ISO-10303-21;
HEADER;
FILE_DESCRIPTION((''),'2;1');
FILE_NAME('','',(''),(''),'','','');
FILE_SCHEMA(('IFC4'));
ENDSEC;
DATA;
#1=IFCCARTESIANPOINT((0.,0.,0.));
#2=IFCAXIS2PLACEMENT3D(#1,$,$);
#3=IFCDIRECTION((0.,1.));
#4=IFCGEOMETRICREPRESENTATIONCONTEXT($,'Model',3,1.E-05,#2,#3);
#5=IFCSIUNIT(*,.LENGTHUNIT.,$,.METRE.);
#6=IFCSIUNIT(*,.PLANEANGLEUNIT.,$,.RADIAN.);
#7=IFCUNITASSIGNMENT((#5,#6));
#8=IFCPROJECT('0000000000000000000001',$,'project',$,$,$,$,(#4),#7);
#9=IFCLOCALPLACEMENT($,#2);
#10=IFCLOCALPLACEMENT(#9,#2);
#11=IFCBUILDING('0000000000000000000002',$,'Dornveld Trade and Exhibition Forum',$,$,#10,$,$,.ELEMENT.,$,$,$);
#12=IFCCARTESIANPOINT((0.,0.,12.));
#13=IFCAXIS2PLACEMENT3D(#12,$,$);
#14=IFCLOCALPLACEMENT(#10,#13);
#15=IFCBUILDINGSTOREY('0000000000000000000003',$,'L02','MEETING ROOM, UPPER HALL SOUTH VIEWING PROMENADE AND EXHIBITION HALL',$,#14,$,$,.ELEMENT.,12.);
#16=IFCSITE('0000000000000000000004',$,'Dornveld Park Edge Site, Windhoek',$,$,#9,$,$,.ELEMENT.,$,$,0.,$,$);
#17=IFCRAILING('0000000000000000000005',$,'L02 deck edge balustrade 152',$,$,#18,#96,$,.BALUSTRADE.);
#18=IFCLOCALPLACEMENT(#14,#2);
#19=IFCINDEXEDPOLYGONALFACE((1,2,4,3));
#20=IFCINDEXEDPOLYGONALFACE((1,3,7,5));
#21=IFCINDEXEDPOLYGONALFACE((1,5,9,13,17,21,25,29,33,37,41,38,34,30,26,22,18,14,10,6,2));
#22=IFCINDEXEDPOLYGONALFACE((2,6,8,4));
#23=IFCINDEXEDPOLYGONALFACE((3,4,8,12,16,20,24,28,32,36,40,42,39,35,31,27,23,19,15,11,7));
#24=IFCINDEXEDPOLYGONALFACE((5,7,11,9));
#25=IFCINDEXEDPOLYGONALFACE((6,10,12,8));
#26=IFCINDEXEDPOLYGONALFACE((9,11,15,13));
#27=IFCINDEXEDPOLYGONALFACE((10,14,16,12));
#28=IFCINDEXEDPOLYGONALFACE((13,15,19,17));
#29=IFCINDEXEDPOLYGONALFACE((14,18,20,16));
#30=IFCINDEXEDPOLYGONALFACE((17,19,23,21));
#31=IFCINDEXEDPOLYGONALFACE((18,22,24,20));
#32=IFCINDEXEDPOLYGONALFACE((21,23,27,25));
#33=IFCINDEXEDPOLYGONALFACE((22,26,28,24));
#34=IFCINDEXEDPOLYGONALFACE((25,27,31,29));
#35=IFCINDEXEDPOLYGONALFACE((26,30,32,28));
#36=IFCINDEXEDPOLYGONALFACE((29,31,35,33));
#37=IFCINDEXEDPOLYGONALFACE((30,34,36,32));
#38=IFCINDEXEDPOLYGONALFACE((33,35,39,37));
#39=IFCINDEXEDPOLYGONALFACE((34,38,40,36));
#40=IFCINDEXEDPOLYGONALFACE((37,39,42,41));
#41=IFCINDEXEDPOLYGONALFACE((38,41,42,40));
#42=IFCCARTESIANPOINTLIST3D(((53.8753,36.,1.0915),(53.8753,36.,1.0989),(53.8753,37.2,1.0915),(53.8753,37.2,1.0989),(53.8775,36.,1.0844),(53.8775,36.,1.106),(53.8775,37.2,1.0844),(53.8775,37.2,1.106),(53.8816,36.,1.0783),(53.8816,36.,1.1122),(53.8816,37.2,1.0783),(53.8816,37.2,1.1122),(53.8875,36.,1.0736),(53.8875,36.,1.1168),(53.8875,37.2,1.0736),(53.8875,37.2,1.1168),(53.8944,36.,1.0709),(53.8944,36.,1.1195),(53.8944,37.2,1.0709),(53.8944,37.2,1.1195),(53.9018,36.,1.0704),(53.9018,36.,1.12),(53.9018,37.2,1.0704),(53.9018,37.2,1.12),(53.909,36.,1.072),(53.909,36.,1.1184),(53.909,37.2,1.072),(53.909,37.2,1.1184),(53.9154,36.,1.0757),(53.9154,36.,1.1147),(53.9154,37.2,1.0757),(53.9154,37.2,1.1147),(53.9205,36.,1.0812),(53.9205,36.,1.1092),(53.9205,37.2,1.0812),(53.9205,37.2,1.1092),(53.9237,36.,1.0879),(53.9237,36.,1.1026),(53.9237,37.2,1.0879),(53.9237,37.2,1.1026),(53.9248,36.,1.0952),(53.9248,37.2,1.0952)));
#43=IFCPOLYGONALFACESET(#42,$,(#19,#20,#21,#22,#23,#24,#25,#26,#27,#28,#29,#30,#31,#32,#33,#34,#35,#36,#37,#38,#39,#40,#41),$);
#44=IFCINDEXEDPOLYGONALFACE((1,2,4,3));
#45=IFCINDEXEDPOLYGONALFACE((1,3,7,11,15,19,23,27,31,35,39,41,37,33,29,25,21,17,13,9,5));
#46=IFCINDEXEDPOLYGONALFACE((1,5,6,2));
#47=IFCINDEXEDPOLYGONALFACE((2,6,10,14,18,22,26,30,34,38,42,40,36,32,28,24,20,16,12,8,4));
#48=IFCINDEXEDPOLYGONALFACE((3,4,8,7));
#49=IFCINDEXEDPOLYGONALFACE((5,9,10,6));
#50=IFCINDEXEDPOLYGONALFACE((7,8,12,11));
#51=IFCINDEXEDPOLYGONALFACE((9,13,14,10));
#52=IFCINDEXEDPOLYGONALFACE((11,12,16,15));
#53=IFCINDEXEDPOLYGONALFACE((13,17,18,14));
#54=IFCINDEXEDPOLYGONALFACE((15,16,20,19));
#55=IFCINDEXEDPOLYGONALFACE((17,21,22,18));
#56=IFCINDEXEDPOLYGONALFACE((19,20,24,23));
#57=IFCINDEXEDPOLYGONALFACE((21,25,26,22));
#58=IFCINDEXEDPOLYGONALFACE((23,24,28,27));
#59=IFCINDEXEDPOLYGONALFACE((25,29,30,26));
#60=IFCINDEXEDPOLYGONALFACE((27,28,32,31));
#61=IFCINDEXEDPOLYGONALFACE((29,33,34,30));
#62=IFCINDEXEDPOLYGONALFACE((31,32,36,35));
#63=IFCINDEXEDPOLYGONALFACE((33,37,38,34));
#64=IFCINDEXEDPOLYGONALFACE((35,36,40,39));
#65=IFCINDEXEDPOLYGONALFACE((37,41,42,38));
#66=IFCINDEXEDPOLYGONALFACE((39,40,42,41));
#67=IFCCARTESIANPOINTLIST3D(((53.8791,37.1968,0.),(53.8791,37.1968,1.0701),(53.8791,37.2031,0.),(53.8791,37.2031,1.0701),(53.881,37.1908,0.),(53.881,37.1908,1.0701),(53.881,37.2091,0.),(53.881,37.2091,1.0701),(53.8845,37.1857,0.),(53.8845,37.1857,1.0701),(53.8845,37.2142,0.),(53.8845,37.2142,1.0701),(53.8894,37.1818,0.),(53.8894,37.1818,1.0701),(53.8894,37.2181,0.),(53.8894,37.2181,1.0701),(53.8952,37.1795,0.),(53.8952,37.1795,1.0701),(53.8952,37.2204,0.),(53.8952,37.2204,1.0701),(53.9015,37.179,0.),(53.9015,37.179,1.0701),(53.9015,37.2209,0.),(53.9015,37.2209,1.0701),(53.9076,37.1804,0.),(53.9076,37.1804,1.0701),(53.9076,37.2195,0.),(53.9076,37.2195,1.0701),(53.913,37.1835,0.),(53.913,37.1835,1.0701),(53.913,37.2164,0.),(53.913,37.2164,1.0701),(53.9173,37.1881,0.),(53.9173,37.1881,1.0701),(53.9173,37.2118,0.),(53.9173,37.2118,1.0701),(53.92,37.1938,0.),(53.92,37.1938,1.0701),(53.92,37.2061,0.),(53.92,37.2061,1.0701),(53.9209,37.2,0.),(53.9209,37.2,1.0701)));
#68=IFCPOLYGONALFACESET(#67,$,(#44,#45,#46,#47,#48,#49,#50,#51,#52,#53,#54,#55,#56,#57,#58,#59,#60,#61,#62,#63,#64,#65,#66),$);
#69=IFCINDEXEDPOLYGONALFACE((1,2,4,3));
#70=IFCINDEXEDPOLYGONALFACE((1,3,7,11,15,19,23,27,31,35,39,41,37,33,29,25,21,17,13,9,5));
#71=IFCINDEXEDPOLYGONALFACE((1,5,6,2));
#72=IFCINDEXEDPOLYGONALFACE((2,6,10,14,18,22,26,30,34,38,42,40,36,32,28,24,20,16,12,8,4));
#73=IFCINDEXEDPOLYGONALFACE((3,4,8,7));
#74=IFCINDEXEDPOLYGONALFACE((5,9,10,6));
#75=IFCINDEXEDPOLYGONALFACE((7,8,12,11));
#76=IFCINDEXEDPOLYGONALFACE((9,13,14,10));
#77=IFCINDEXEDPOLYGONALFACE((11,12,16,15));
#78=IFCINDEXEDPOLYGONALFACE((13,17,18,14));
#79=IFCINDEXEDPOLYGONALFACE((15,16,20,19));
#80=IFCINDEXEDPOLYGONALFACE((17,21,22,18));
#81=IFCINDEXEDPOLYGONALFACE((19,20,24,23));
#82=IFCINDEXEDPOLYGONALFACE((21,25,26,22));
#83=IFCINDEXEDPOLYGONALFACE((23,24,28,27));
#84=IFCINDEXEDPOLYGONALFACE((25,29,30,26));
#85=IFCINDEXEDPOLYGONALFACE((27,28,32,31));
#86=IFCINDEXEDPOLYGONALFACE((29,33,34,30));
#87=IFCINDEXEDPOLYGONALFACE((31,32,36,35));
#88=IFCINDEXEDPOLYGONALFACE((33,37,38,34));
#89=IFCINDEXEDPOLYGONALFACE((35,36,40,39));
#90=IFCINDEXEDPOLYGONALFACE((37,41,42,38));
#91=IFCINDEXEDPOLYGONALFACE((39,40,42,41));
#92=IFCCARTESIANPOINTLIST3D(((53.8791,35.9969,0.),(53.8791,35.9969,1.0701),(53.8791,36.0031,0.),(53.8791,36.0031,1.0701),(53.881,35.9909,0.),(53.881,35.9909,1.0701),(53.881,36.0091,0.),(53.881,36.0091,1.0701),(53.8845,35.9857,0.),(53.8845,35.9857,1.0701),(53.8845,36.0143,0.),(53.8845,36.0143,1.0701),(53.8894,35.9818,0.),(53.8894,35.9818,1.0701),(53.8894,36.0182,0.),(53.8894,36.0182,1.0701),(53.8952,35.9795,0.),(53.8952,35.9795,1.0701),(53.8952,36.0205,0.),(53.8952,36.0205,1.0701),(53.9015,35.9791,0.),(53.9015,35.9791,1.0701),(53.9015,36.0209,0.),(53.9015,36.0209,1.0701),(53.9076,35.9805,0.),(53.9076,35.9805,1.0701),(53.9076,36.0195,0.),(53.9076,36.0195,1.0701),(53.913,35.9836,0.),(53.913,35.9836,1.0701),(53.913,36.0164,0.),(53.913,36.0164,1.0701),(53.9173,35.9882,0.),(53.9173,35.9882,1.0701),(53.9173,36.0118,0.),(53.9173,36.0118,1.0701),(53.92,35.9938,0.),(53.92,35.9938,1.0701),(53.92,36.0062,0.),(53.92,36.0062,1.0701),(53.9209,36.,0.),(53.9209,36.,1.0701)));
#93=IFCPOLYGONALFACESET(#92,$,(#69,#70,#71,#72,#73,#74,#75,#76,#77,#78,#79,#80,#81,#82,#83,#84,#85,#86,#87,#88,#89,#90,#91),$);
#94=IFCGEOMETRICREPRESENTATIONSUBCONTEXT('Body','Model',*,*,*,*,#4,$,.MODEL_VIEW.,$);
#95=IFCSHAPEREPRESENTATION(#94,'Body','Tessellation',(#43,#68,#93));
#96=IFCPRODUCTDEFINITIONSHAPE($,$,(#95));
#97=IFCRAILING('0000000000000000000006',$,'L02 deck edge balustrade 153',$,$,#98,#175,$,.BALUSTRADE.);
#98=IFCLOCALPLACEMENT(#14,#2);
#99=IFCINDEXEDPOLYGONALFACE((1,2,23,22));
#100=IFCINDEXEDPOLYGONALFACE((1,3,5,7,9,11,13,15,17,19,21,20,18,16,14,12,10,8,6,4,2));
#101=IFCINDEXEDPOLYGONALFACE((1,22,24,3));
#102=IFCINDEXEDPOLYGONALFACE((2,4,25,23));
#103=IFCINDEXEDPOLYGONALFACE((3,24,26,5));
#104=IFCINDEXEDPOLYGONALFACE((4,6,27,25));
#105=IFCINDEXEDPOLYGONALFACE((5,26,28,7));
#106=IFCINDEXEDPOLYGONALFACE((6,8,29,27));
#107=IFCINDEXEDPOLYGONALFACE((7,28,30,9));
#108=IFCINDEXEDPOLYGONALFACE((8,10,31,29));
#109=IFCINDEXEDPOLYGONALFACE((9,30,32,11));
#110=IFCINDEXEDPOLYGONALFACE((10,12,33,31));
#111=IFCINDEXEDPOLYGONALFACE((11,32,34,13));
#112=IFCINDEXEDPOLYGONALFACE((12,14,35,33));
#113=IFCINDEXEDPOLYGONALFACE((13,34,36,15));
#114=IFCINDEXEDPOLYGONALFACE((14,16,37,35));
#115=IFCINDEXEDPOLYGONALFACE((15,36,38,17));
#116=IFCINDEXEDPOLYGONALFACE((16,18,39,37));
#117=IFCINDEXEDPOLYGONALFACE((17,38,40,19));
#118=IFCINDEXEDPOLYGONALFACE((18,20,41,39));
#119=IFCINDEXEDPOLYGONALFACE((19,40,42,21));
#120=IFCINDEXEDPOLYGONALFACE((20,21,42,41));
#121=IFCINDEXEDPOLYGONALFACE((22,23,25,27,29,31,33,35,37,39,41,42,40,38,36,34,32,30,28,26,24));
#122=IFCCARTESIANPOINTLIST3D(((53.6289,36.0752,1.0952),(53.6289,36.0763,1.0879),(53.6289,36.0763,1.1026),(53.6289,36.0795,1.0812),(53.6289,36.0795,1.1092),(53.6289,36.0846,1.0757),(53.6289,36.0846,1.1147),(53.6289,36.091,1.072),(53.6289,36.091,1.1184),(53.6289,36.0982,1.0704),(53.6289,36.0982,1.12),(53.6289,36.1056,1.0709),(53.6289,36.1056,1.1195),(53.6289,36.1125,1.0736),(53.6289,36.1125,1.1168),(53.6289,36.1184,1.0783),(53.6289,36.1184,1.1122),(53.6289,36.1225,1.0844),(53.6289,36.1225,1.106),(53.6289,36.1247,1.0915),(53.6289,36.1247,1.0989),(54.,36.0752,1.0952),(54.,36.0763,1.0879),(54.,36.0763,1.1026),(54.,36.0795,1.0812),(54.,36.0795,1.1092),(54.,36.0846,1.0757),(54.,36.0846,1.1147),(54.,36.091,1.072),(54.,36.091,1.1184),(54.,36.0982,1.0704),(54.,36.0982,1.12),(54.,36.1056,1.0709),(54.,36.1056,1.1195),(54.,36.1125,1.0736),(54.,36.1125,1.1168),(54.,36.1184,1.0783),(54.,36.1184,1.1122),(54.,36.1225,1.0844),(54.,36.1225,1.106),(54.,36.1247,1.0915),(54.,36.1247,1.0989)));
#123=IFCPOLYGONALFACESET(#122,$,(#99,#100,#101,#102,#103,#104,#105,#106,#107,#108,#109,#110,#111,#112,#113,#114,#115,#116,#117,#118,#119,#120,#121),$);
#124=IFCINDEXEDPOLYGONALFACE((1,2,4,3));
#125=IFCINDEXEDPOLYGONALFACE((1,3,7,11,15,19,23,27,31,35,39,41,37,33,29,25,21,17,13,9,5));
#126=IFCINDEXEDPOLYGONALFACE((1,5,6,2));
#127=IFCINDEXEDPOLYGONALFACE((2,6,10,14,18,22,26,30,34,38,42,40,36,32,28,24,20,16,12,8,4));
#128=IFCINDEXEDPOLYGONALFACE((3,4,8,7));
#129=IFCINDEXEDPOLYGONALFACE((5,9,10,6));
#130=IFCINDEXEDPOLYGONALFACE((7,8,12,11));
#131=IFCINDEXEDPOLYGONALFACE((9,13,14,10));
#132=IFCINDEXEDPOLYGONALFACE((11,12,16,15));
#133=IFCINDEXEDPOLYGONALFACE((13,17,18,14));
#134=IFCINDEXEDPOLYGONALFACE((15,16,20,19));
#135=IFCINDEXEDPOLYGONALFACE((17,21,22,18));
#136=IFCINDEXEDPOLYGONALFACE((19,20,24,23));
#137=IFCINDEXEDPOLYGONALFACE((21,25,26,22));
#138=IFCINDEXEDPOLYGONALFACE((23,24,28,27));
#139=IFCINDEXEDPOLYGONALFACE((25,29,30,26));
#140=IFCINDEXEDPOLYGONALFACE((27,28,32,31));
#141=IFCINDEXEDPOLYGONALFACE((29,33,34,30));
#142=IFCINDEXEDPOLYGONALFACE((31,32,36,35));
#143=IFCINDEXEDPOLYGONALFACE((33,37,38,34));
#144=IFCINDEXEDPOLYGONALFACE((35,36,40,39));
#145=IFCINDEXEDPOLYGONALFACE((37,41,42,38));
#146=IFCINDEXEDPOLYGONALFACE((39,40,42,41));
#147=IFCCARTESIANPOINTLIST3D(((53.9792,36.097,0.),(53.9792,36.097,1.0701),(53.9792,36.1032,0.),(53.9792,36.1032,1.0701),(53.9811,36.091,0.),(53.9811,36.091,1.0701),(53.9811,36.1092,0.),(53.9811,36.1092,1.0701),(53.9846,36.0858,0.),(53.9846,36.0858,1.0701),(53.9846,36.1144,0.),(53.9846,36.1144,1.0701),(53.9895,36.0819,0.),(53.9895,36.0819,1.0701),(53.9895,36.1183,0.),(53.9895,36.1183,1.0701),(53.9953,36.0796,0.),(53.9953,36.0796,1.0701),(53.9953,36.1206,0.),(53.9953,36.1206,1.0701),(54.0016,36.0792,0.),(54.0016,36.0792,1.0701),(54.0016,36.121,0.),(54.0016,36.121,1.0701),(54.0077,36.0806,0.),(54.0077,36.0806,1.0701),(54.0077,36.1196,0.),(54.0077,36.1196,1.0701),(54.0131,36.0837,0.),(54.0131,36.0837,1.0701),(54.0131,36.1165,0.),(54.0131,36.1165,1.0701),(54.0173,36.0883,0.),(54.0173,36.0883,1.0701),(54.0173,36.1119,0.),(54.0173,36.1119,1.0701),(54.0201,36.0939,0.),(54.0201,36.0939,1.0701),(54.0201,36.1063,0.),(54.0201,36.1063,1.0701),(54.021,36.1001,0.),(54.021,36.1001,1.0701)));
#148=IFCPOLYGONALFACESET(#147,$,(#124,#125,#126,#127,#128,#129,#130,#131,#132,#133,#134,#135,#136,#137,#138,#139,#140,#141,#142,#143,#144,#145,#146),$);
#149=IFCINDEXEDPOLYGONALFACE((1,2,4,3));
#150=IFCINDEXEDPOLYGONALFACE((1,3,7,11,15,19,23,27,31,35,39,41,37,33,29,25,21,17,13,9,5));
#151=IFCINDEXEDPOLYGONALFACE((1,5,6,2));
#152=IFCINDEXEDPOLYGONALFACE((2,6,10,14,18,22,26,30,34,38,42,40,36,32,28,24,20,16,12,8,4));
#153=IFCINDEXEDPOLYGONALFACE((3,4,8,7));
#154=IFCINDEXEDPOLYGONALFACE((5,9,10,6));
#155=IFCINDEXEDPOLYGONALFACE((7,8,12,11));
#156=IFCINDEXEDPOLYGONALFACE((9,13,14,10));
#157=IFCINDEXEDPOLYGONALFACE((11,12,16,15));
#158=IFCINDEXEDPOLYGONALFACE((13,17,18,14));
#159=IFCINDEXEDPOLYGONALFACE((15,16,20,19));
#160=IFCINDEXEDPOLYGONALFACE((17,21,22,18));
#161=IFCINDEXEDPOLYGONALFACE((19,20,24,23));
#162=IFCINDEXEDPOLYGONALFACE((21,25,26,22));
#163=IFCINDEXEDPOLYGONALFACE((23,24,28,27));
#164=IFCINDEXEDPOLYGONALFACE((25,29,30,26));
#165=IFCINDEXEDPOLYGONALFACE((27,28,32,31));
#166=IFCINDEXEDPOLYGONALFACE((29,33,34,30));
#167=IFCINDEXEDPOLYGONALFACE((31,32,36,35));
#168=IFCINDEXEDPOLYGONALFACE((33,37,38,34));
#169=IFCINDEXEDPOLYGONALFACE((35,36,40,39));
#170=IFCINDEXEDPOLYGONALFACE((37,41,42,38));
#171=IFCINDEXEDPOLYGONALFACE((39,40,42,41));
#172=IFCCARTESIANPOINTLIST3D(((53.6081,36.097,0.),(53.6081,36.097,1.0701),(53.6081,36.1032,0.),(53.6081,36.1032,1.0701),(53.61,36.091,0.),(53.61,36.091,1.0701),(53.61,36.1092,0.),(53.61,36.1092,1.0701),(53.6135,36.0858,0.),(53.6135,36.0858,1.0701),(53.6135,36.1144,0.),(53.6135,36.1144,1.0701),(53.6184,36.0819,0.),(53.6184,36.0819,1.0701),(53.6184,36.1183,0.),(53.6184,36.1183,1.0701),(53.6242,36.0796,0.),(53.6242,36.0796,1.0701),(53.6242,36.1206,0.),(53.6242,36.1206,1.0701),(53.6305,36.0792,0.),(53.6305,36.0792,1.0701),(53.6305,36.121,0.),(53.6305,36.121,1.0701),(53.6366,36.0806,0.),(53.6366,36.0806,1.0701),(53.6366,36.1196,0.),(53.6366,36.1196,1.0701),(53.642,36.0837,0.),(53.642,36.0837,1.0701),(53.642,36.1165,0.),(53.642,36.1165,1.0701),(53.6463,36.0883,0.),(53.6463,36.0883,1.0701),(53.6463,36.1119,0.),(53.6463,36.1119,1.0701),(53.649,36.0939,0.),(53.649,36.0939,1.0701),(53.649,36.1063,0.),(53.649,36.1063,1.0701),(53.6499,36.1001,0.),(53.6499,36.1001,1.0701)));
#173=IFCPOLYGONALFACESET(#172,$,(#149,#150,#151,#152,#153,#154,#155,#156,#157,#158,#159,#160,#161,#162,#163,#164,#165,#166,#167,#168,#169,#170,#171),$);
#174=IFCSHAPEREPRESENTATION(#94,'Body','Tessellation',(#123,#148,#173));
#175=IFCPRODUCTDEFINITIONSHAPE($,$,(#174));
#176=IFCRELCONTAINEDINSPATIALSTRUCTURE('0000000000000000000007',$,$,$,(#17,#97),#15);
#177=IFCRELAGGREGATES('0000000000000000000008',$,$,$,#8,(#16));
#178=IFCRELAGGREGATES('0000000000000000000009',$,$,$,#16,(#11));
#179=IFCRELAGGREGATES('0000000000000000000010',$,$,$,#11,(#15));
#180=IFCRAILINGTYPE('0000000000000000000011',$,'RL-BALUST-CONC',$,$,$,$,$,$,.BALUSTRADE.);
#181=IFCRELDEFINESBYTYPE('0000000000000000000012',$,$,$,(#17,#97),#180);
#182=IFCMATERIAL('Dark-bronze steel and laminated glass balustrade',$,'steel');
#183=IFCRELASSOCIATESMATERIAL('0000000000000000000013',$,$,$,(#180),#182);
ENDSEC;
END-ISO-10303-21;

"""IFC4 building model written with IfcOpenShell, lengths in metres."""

from ifc_helpers import new_model, si_unit, direction, frame, origin, origin_2d, place, context, subcontext, project, spatial, circle, extrude, material, type_object, element, save


model = new_model("IFC4")

# Units and contexts
model_context = context("Model", 3, precision=1e-05, world=origin(), true_north=direction((0.0, 1.0)))
body_context = subcontext(model_context, "Body", "Model", "MODEL_VIEW")
ifc_project = project(units=[si_unit("LENGTHUNIT", "METRE"), si_unit("PLANEANGLEUNIT", "RADIAN")], contexts=[model_context])

# Site, building, storey
site_placement = place(None, origin())
site = spatial("IfcSite", under=ifc_project, at=site_placement, Name="Dornveld Park Edge Site, Windhoek", CompositionType="ELEMENT", RefElevation=0.0)
building_placement = place(site_placement, origin())
building = spatial("IfcBuilding", under=site, at=building_placement, Name="Dornveld Trade and Exhibition Forum", CompositionType="ELEMENT")
storey_placement = place(building_placement, frame((0.0, 0.0, 12.0)))
storey = spatial("IfcBuildingStorey", under=building, at=storey_placement, Name="L02", Description="MEETING ROOM, UPPER HALL SOUTH VIEWING PROMENADE AND EXHIBITION HALL", CompositionType="ELEMENT", Elevation=12.0)

# Railings
ifc_material_1 = material(Name="Dark-bronze steel and laminated glass balustrade", Category="steel")
railing_type = type_object("IfcRailingType", Name="RL-BALUST-CONC", PredefinedType="BALUSTRADE", material=ifc_material_1)
railing_1_placement = place(storey_placement, frame((53.8999, 37.2, 0.0)))
element("IfcRailing", 1, at=railing_1_placement, inside=storey, type_object=railing_type, Name="L02 deck edge balustrade 152", PredefinedType="BALUSTRADE", context=body_context, shape_type="SweptSolid", body=[
    extrude(circle(Radius=0.0249, at=origin_2d()), frame((0.0, 0.0, 1.0952), z_axis=(0.0, -1.0, 0.0), x_axis=(1.0, 0.0, 0.0)), (0.0, 0.0, 1.0), 1.2),
    extrude(circle(Radius=0.021, at=origin_2d()), origin(), (0.0, 0.0, 1.0), 1.0701),
    extrude(circle(Radius=0.021, at=origin_2d()), frame((0.0, -1.2, 0.0)), (0.0, 0.0, 1.0), 1.0701),
])
railing_2_placement = place(storey_placement, frame((54.0, 36.1001, 0.0)))
element("IfcRailing", 2, at=railing_2_placement, inside=storey, type_object=railing_type, Name="L02 deck edge balustrade 153", PredefinedType="BALUSTRADE", context=body_context, shape_type="SweptSolid", body=[
    extrude(circle(Radius=0.0249, at=origin_2d()), frame((0.0, 0.0, 1.0952), z_axis=(-1.0, 0.0, 0.0), x_axis=(0.0, -1.0, 0.0)), (0.0, 0.0, 1.0), 0.3711),
    extrude(circle(Radius=0.021, at=origin_2d()), origin(), (0.0, 0.0, 1.0), 1.0701),
    extrude(circle(Radius=0.021, at=origin_2d()), frame((-0.3711, 0.0, 0.0)), (0.0, 0.0, 1.0), 1.0701),
])

save(model, "model.ifc")
